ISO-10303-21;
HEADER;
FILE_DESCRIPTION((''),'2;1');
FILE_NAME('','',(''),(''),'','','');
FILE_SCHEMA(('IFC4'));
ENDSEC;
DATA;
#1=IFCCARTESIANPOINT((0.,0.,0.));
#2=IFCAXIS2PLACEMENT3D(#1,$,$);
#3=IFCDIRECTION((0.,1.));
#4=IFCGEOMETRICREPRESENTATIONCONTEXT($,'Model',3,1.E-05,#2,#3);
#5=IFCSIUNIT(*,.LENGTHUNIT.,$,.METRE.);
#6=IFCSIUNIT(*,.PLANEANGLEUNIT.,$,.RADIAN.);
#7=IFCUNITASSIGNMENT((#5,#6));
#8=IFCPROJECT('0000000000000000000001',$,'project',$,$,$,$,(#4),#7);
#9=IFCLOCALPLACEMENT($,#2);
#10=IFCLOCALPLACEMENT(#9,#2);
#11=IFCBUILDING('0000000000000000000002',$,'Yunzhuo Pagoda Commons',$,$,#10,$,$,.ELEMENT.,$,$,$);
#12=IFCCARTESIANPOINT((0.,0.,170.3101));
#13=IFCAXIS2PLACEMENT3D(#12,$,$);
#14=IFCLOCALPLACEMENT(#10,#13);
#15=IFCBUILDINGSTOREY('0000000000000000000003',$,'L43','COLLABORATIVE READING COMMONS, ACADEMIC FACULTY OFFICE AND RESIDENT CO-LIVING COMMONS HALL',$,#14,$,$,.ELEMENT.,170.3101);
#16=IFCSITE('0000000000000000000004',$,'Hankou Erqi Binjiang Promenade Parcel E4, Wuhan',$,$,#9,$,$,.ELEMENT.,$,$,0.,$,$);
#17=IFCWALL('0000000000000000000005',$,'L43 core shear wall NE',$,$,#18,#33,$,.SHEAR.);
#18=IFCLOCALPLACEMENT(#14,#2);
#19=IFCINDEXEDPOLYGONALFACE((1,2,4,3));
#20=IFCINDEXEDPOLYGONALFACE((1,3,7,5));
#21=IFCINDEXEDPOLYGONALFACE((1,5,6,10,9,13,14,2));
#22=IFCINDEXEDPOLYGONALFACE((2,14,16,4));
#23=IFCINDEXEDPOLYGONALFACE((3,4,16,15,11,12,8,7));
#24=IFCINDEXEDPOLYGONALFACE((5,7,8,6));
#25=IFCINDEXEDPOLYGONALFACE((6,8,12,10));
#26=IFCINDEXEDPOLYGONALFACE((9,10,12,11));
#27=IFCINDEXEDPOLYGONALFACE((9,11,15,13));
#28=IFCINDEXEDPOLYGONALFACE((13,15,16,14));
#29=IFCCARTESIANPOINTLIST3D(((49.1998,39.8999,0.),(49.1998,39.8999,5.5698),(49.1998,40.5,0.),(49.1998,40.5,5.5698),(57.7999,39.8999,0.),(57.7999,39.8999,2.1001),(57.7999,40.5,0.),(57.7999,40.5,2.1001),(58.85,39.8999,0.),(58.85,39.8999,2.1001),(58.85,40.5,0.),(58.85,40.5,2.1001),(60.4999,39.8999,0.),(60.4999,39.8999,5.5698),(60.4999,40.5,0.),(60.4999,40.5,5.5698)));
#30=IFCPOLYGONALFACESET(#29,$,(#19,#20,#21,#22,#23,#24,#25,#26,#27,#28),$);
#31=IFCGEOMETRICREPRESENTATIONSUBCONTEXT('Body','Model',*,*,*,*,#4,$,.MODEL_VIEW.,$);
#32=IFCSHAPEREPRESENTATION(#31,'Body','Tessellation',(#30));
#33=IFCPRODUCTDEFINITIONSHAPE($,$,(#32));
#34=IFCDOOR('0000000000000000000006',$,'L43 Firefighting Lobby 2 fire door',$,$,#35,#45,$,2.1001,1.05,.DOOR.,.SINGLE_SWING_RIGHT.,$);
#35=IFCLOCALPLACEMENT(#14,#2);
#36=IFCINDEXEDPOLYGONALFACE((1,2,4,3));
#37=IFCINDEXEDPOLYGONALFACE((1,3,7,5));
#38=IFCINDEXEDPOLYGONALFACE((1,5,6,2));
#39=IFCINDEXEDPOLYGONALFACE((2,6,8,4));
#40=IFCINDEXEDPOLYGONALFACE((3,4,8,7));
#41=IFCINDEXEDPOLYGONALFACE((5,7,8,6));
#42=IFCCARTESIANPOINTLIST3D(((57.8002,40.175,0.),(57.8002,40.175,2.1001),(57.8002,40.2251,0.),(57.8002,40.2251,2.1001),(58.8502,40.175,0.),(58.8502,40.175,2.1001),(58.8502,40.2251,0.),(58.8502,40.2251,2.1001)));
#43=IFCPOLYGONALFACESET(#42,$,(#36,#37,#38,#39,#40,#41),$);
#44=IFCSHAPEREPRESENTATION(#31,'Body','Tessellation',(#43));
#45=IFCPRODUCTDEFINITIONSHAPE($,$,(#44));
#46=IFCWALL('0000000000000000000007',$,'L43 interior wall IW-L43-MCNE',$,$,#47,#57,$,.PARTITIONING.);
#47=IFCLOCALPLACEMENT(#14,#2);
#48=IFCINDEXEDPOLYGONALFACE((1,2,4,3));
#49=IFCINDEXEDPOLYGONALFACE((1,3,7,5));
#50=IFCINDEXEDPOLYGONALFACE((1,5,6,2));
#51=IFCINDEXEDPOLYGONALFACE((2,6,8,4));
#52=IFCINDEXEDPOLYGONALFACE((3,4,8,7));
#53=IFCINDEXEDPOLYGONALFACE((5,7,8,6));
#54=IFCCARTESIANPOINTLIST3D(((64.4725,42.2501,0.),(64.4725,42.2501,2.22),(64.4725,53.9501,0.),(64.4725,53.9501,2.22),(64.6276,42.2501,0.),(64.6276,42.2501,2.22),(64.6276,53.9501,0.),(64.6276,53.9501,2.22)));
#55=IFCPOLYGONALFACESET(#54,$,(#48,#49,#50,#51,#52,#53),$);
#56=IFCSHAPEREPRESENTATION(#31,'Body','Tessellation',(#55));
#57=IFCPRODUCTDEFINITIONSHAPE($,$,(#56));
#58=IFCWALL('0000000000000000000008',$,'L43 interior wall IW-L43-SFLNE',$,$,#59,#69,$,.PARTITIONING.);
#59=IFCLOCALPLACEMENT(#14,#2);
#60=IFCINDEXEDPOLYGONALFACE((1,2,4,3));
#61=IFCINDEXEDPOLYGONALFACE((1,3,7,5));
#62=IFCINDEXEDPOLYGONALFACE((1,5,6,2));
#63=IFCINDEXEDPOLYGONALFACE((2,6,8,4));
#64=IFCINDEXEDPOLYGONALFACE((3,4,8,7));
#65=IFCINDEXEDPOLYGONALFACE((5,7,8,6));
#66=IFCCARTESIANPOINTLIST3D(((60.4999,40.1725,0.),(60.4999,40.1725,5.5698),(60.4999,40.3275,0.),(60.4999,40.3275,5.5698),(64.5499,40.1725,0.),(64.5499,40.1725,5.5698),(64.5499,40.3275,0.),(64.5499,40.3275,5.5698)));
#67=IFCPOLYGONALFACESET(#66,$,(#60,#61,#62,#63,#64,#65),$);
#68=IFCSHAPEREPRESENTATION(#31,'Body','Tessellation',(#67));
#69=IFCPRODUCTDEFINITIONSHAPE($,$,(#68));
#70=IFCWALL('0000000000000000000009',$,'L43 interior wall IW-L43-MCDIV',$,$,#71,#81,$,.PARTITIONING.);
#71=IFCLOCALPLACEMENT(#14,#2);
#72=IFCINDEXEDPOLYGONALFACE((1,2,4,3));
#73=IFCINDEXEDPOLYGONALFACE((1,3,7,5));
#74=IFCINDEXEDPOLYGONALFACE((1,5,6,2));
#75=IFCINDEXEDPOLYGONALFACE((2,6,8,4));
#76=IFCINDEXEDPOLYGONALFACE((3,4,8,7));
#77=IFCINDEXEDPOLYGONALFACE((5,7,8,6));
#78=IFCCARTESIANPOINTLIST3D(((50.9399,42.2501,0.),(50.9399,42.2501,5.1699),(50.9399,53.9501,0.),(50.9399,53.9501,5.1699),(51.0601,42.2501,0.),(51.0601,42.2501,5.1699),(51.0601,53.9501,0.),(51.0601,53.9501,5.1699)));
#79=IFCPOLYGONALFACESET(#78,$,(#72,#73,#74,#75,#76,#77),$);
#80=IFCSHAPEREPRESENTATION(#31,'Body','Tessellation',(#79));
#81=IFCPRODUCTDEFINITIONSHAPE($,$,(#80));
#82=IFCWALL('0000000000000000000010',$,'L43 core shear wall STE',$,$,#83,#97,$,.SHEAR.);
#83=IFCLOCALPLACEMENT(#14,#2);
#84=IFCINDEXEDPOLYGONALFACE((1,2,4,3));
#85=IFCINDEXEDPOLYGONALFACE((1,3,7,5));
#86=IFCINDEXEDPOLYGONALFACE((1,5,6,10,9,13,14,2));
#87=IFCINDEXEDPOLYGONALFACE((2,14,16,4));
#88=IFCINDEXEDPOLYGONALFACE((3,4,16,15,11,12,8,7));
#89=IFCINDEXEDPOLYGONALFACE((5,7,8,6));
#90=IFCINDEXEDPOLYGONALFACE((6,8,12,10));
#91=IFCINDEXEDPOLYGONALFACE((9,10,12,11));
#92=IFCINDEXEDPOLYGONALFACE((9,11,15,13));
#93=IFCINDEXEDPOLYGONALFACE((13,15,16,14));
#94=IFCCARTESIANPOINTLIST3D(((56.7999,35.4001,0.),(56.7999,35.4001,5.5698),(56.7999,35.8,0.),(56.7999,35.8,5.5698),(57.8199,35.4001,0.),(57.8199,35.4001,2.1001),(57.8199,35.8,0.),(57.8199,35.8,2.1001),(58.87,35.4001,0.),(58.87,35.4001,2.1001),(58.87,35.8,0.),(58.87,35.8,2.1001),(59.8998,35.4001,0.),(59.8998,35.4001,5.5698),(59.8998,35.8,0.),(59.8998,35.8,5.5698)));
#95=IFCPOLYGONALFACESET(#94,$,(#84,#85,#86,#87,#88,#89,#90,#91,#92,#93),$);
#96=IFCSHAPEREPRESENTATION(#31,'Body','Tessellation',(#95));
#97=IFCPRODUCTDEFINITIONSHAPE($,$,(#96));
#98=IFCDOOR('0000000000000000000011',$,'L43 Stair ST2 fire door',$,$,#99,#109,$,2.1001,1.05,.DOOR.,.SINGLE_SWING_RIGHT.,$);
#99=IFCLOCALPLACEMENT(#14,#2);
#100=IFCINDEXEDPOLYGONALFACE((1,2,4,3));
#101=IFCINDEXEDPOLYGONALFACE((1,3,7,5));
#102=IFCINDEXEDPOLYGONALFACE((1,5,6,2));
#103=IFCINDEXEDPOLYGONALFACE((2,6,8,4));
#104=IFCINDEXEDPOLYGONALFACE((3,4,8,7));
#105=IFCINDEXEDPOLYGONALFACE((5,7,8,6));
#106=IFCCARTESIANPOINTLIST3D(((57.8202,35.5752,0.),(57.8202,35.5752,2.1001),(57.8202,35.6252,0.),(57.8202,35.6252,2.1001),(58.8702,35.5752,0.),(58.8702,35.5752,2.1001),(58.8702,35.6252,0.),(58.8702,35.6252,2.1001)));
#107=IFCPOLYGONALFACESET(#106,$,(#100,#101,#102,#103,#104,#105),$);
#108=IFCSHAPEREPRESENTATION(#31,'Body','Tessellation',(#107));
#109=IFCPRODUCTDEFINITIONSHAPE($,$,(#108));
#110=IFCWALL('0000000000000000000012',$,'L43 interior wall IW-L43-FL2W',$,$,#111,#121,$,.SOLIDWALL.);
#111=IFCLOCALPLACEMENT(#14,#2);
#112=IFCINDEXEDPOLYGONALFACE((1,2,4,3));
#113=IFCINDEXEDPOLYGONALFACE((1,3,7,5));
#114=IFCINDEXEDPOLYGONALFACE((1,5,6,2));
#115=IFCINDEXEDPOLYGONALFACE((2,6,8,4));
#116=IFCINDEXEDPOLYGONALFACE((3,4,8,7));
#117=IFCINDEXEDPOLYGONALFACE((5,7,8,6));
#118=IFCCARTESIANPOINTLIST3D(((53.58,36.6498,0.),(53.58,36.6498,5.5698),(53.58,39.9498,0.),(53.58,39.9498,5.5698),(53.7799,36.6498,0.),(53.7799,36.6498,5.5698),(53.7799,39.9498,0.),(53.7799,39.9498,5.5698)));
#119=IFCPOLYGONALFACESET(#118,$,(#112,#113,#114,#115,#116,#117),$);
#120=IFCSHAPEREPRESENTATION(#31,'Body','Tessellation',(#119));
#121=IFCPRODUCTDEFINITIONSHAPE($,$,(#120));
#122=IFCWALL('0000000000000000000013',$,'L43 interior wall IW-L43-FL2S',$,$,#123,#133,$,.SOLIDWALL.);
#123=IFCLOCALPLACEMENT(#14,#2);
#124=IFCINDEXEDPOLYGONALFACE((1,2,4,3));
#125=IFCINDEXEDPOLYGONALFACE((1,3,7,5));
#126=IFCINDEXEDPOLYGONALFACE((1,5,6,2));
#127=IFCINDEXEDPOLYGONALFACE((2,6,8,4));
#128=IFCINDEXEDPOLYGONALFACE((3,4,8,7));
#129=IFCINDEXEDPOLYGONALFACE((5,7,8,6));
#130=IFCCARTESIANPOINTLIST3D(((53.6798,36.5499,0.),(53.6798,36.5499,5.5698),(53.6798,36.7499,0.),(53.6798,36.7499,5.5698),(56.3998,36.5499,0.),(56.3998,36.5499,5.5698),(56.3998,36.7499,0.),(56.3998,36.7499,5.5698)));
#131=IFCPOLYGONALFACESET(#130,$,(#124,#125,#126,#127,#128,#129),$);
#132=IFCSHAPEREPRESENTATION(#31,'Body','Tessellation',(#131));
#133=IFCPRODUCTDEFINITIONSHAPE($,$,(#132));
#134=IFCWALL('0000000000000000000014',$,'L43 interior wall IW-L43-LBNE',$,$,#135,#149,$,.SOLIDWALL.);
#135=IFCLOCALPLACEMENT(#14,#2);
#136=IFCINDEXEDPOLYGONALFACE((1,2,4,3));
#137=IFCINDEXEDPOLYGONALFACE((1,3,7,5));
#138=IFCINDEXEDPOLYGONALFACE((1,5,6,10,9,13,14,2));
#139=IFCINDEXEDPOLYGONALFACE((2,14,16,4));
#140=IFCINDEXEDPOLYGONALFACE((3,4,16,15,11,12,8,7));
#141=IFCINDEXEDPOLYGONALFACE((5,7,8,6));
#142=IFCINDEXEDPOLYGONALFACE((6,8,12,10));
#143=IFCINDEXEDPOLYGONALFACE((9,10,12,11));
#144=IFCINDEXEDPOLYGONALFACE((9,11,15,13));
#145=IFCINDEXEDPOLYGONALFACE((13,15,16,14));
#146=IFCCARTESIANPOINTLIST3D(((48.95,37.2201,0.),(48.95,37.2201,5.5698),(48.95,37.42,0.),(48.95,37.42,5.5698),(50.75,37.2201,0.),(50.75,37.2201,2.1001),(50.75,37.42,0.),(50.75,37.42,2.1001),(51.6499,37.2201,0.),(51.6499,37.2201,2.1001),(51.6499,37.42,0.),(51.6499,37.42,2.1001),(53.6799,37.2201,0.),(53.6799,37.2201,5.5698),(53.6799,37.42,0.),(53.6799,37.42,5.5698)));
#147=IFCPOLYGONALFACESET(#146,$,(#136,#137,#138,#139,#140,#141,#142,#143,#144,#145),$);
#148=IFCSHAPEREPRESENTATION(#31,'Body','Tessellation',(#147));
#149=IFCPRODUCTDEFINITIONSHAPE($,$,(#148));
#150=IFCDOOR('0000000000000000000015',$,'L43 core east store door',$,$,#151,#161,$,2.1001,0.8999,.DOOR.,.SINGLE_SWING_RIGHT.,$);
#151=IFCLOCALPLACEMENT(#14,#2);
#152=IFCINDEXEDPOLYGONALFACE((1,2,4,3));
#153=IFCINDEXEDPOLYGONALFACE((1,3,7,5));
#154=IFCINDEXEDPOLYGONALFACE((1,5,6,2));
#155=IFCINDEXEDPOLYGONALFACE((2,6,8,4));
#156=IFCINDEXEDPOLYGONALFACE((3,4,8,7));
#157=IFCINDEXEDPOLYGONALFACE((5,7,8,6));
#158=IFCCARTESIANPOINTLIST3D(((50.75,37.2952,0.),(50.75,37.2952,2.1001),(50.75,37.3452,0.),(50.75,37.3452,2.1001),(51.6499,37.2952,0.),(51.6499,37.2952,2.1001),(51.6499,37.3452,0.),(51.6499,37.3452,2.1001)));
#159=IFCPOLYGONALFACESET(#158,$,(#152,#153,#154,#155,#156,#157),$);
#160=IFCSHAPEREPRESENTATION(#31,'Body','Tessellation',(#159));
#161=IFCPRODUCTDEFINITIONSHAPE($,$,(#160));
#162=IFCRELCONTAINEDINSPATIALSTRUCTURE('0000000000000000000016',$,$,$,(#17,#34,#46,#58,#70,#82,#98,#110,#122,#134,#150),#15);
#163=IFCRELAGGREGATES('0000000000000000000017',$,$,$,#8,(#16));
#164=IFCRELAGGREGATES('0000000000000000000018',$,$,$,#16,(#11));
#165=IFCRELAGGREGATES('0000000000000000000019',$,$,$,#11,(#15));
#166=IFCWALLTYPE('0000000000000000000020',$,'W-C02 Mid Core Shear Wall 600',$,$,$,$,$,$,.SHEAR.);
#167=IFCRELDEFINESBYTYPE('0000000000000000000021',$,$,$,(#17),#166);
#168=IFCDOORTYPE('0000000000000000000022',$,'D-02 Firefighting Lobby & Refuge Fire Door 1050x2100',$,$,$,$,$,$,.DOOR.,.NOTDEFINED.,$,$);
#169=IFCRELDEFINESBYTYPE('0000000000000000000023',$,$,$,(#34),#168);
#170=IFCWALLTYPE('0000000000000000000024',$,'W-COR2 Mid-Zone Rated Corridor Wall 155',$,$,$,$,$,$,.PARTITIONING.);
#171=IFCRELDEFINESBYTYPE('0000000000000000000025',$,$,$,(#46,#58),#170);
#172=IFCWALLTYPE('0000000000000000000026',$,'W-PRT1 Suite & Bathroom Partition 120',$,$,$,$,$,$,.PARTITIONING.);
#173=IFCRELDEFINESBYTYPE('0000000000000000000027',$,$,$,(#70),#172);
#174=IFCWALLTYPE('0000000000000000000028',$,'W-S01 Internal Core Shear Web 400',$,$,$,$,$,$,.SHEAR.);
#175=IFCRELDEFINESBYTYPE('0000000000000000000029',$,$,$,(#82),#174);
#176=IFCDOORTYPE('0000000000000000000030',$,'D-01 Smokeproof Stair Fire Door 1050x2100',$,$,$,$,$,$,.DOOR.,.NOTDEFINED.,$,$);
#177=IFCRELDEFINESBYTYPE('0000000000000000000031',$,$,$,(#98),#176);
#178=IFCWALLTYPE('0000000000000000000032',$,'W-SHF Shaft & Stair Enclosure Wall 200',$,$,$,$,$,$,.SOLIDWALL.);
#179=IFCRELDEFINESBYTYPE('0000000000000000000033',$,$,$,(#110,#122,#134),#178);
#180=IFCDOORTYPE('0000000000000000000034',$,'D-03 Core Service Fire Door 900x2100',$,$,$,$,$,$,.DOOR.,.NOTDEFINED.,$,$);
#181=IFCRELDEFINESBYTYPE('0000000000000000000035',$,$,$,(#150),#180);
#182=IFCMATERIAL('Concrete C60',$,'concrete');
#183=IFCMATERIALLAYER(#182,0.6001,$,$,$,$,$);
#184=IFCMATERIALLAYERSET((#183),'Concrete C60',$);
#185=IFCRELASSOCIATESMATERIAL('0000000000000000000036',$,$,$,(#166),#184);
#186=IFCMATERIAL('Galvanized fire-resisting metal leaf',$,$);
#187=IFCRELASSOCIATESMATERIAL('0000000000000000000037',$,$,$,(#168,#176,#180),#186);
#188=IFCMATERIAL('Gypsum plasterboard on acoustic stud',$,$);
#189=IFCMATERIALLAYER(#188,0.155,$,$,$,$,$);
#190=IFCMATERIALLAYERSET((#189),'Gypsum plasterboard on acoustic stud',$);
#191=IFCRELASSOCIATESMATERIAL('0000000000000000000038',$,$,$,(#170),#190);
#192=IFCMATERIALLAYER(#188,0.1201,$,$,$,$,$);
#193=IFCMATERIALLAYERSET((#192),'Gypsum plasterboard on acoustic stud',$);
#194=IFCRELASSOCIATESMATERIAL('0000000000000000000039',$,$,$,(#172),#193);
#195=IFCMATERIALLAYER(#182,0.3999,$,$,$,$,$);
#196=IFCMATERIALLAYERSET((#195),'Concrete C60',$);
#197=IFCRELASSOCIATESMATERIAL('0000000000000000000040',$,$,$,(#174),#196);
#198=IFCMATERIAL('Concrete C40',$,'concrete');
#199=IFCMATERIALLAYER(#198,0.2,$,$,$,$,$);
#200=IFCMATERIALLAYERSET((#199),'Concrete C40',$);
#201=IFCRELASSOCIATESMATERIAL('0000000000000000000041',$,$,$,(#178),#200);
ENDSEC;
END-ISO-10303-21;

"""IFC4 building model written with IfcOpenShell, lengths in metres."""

from ifc_helpers import new_model, si_unit, direction, frame, frame_2d, origin, place, context, subcontext, project, spatial, rectangle, extrude, source, transform, mapped, material, layer, layer_set, type_object, element, fill, save


model = new_model("IFC4")

# Units and contexts
model_context = context("Model", 3, precision=1e-05, world=origin(), true_north=direction((0.0, 1.0)))
body_context = subcontext(model_context, "Body", "Model", "MODEL_VIEW")
ifc_project = project(units=[si_unit("LENGTHUNIT", "METRE"), si_unit("PLANEANGLEUNIT", "RADIAN")], contexts=[model_context])

# Site, building, storey
site_placement = place(None, origin())
site = spatial("IfcSite", under=ifc_project, at=site_placement, Name="Hankou Erqi Binjiang Promenade Parcel E4, Wuhan", CompositionType="ELEMENT", RefElevation=0.0)
building_placement = place(site_placement, origin())
building = spatial("IfcBuilding", under=site, at=building_placement, Name="Yunzhuo Pagoda Commons", CompositionType="ELEMENT")
storey_placement = place(building_placement, frame((0.0, 0.0, 170.3101)))
storey = spatial("IfcBuildingStorey", under=building, at=storey_placement, Name="L43", Description="COLLABORATIVE READING COMMONS, ACADEMIC FACULTY OFFICE AND RESIDENT CO-LIVING COMMONS HALL", CompositionType="ELEMENT", Elevation=170.3101)

# Wall, opening, door
ifc_material_1 = material(Name="Concrete C60", Category="concrete")
ifc_layer_1 = layer(ifc_material_1, 0.6001)
ifc_layer_set_1 = layer_set([ifc_layer_1], Name="Concrete C60")
wall_type_1 = type_object("IfcWallType", Name="W-C02 Mid Core Shear Wall 600", PredefinedType="SHEAR", material=ifc_layer_set_1)
wall_1_placement = place(storey_placement, frame((49.2, 40.2, 0.0), z_axis=(0.0, 0.0, 1.0), x_axis=(1.0, 0.0, 0.0)))
wall_1 = element("IfcWall", 1, at=wall_1_placement, inside=storey, type_object=wall_type_1, Name="L43 core shear wall NE", PredefinedType="SHEAR", context=body_context, shape_type="SweptSolid", body=[
    extrude(rectangle(XDim=11.3, YDim=0.6001, at=frame_2d((5.6499, 0.0))), origin(), (0.0, 0.0, 1.0), 5.5698),
])
opening_1_placement = place(wall_1_placement, frame((8.6001, 0.0, 0.0)))
opening_1 = element("IfcOpeningElement", 2, at=opening_1_placement, cuts=wall_1, PredefinedType="OPENING", context=body_context, shape_type="SweptSolid", body=[
    extrude(rectangle(XDim=1.05, YDim=2.1001, at=frame_2d((0.5249, 1.05))), frame((0.0, 0.3101, 0.0), z_axis=(0.0, -1.0, 0.0), x_axis=(1.0, 0.0, 0.0)), (0.0, 0.0, 1.0), 0.6201),
])
ifc_material_2 = material(Name="Galvanized fire-resisting metal leaf")
door_type_1 = type_object("IfcDoorType", Name="D-02 Firefighting Lobby & Refuge Fire Door 1050x2100", OperationType="NOTDEFINED", PredefinedType="DOOR", material=ifc_material_2)
shared_shape_1 = source(origin(), body_context, "Body", "SweptSolid", [
    extrude(rectangle(XDim=1.05, YDim=2.1001, at=frame_2d((0.5249, 1.05))), frame((0.0, 0.0249, 0.0), z_axis=(0.0, -1.0, 0.0), x_axis=(1.0, 0.0, 0.0)), (0.0, 0.0, 1.0), 0.05),
])
door_1_placement = place(opening_1_placement, frame((1.05, 0.0, 0.0), z_axis=(0.0, 0.0, 1.0), x_axis=(-1.0, 0.0, 0.0)))
door_1 = element("IfcDoor", 3, at=door_1_placement, inside=storey, type_object=door_type_1, Name="L43 Firefighting Lobby 2 fire door", OperationType="SINGLE_SWING_RIGHT", OverallHeight=2.1001, OverallWidth=1.05, PredefinedType="DOOR", context=body_context, shape_type="MappedRepresentation", body=[
    mapped(shared_shape_1, transform((0.0, 0.0, 0.0), scale=1.0)),
])
fill(opening_1, door_1)

# Walls
ifc_material_3 = material(Name="Gypsum plasterboard on acoustic stud")
ifc_layer_2 = layer(ifc_material_3, 0.155)
ifc_layer_set_2 = layer_set([ifc_layer_2], Name="Gypsum plasterboard on acoustic stud")
wall_type_2 = type_object("IfcWallType", Name="W-COR2 Mid-Zone Rated Corridor Wall 155", PredefinedType="PARTITIONING", material=ifc_layer_set_2)
wall_2_placement = place(storey_placement, frame((64.55, 42.25, 0.0), z_axis=(0.0, 0.0, 1.0), x_axis=(0.0, 1.0, 0.0)))
element("IfcWall", 4, at=wall_2_placement, inside=storey, type_object=wall_type_2, Name="L43 interior wall IW-L43-MCNE", PredefinedType="PARTITIONING", context=body_context, shape_type="SweptSolid", body=[
    extrude(rectangle(XDim=11.7, YDim=0.155, at=frame_2d((5.8501, 0.0))), origin(), (0.0, 0.0, 1.0), 2.22),
])
wall_3_placement = place(storey_placement, frame((60.5, 40.25, 0.0), z_axis=(0.0, 0.0, 1.0), x_axis=(1.0, 0.0, 0.0)))
element("IfcWall", 5, at=wall_3_placement, inside=storey, type_object=wall_type_2, Name="L43 interior wall IW-L43-SFLNE", PredefinedType="PARTITIONING", context=body_context, shape_type="SweptSolid", body=[
    extrude(rectangle(XDim=4.05, YDim=0.155, at=frame_2d((2.0249, 0.0))), origin(), (0.0, 0.0, 1.0), 5.5698),
])

# Wall
ifc_layer_3 = layer(ifc_material_3, 0.1201)
ifc_layer_set_3 = layer_set([ifc_layer_3], Name="Gypsum plasterboard on acoustic stud")
wall_type_3 = type_object("IfcWallType", Name="W-PRT1 Suite & Bathroom Partition 120", PredefinedType="PARTITIONING", material=ifc_layer_set_3)
wall_4_placement = place(storey_placement, frame((51.0, 42.25, 0.0), z_axis=(0.0, 0.0, 1.0), x_axis=(0.0, 1.0, 0.0)))
element("IfcWall", 6, at=wall_4_placement, inside=storey, type_object=wall_type_3, Name="L43 interior wall IW-L43-MCDIV", PredefinedType="PARTITIONING", context=body_context, shape_type="SweptSolid", body=[
    extrude(rectangle(XDim=11.7, YDim=0.1201, at=frame_2d((5.8501, 0.0))), origin(), (0.0, 0.0, 1.0), 5.1699),
])

# Wall, opening, door
ifc_layer_4 = layer(ifc_material_1, 0.3999)
ifc_layer_set_4 = layer_set([ifc_layer_4], Name="Concrete C60")
wall_type_4 = type_object("IfcWallType", Name="W-S01 Internal Core Shear Web 400", PredefinedType="SHEAR", material=ifc_layer_set_4)
wall_5_placement = place(storey_placement, frame((56.8, 35.6001, 0.0), z_axis=(0.0, 0.0, 1.0), x_axis=(1.0, 0.0, 0.0)))
wall_5 = element("IfcWall", 7, at=wall_5_placement, inside=storey, type_object=wall_type_4, Name="L43 core shear wall STE", PredefinedType="SHEAR", context=body_context, shape_type="SweptSolid", body=[
    extrude(rectangle(XDim=3.0999, YDim=0.3999, at=frame_2d((1.5498, 0.0))), origin(), (0.0, 0.0, 1.0), 5.5698),
])
opening_2_placement = place(wall_5_placement, frame((1.02, 0.0, 0.0)))
opening_2 = element("IfcOpeningElement", 8, at=opening_2_placement, cuts=wall_5, PredefinedType="OPENING", context=body_context, shape_type="SweptSolid", body=[
    extrude(rectangle(XDim=1.05, YDim=2.1001, at=frame_2d((0.5249, 1.05))), frame((0.0, 0.21, 0.0), z_axis=(0.0, -1.0, 0.0), x_axis=(1.0, 0.0, 0.0)), (0.0, 0.0, 1.0), 0.4199),
])
door_type_2 = type_object("IfcDoorType", Name="D-01 Smokeproof Stair Fire Door 1050x2100", OperationType="NOTDEFINED", PredefinedType="DOOR", material=ifc_material_2)
door_2_placement = place(opening_2_placement, frame((1.05, 0.0, 0.0), z_axis=(0.0, 0.0, 1.0), x_axis=(-1.0, 0.0, 0.0)))
door_2 = element("IfcDoor", 9, at=door_2_placement, inside=storey, type_object=door_type_2, Name="L43 Stair ST2 fire door", OperationType="SINGLE_SWING_RIGHT", OverallHeight=2.1001, OverallWidth=1.05, PredefinedType="DOOR", context=body_context, shape_type="MappedRepresentation", body=[
    mapped(shared_shape_1, transform((0.0, 0.0, 0.0), scale=1.0)),
])
fill(opening_2, door_2)

# Walls
ifc_material_4 = material(Name="Concrete C40", Category="concrete")
ifc_layer_5 = layer(ifc_material_4, 0.2)
ifc_layer_set_5 = layer_set([ifc_layer_5], Name="Concrete C40")
wall_type_5 = type_object("IfcWallType", Name="W-SHF Shaft & Stair Enclosure Wall 200", PredefinedType="SOLIDWALL", material=ifc_layer_set_5)
wall_6_placement = place(storey_placement, frame((53.6799, 36.6499, 0.0), z_axis=(0.0, 0.0, 1.0), x_axis=(0.0, 1.0, 0.0)))
element("IfcWall", 10, at=wall_6_placement, inside=storey, type_object=wall_type_5, Name="L43 interior wall IW-L43-FL2W", PredefinedType="SOLIDWALL", context=body_context, shape_type="SweptSolid", body=[
    extrude(rectangle(XDim=3.3, YDim=0.2, at=frame_2d((1.6499, 0.0))), origin(), (0.0, 0.0, 1.0), 5.5698),
])
wall_7_placement = place(storey_placement, frame((53.6799, 36.6499, 0.0), z_axis=(0.0, 0.0, 1.0), x_axis=(1.0, 0.0, 0.0)))
element("IfcWall", 11, at=wall_7_placement, inside=storey, type_object=wall_type_5, Name="L43 interior wall IW-L43-FL2S", PredefinedType="SOLIDWALL", context=body_context, shape_type="SweptSolid", body=[
    extrude(rectangle(XDim=2.72, YDim=0.2, at=frame_2d((1.3599, 0.0))), origin(), (0.0, 0.0, 1.0), 5.5698),
])

# Wall, opening, door
wall_8_placement = place(storey_placement, frame((48.95, 37.3201, 0.0), z_axis=(0.0, 0.0, 1.0), x_axis=(1.0, 0.0, 0.0)))
wall_8 = element("IfcWall", 12, at=wall_8_placement, inside=storey, type_object=wall_type_5, Name="L43 interior wall IW-L43-LBNE", PredefinedType="SOLIDWALL", context=body_context, shape_type="SweptSolid", body=[
    extrude(rectangle(XDim=4.73, YDim=0.2, at=frame_2d((2.365, 0.0))), origin(), (0.0, 0.0, 1.0), 5.5698),
])
opening_3_placement = place(wall_8_placement, frame((1.8, 0.0, 0.0)))
opening_3 = element("IfcOpeningElement", 13, at=opening_3_placement, cuts=wall_8, PredefinedType="OPENING", context=body_context, shape_type="SweptSolid", body=[
    extrude(rectangle(XDim=0.8999, YDim=2.1001, at=frame_2d((0.45, 1.05))), frame((0.0, 0.1099, 0.0), z_axis=(0.0, -1.0, 0.0), x_axis=(1.0, 0.0, 0.0)), (0.0, 0.0, 1.0), 0.22),
])
door_type_3 = type_object("IfcDoorType", Name="D-03 Core Service Fire Door 900x2100", OperationType="NOTDEFINED", PredefinedType="DOOR", material=ifc_material_2)
shared_shape_2 = source(origin(), body_context, "Body", "SweptSolid", [
    extrude(rectangle(XDim=0.8999, YDim=2.1001, at=frame_2d((0.45, 1.05))), frame((0.0, 0.0249, 0.0), z_axis=(0.0, -1.0, 0.0), x_axis=(1.0, 0.0, 0.0)), (0.0, 0.0, 1.0), 0.05),
])
door_3_placement = place(opening_3_placement, frame((0.8999, 0.0, 0.0), z_axis=(0.0, 0.0, 1.0), x_axis=(-1.0, 0.0, 0.0)))
door_3 = element("IfcDoor", 14, at=door_3_placement, inside=storey, type_object=door_type_3, Name="L43 core east store door", OperationType="SINGLE_SWING_RIGHT", OverallHeight=2.1001, OverallWidth=0.8999, PredefinedType="DOOR", context=body_context, shape_type="MappedRepresentation", body=[
    mapped(shared_shape_2, transform((0.0, 0.0, 0.0), scale=1.0)),
])
fill(opening_3, door_3)

save(model, "model.ifc")
